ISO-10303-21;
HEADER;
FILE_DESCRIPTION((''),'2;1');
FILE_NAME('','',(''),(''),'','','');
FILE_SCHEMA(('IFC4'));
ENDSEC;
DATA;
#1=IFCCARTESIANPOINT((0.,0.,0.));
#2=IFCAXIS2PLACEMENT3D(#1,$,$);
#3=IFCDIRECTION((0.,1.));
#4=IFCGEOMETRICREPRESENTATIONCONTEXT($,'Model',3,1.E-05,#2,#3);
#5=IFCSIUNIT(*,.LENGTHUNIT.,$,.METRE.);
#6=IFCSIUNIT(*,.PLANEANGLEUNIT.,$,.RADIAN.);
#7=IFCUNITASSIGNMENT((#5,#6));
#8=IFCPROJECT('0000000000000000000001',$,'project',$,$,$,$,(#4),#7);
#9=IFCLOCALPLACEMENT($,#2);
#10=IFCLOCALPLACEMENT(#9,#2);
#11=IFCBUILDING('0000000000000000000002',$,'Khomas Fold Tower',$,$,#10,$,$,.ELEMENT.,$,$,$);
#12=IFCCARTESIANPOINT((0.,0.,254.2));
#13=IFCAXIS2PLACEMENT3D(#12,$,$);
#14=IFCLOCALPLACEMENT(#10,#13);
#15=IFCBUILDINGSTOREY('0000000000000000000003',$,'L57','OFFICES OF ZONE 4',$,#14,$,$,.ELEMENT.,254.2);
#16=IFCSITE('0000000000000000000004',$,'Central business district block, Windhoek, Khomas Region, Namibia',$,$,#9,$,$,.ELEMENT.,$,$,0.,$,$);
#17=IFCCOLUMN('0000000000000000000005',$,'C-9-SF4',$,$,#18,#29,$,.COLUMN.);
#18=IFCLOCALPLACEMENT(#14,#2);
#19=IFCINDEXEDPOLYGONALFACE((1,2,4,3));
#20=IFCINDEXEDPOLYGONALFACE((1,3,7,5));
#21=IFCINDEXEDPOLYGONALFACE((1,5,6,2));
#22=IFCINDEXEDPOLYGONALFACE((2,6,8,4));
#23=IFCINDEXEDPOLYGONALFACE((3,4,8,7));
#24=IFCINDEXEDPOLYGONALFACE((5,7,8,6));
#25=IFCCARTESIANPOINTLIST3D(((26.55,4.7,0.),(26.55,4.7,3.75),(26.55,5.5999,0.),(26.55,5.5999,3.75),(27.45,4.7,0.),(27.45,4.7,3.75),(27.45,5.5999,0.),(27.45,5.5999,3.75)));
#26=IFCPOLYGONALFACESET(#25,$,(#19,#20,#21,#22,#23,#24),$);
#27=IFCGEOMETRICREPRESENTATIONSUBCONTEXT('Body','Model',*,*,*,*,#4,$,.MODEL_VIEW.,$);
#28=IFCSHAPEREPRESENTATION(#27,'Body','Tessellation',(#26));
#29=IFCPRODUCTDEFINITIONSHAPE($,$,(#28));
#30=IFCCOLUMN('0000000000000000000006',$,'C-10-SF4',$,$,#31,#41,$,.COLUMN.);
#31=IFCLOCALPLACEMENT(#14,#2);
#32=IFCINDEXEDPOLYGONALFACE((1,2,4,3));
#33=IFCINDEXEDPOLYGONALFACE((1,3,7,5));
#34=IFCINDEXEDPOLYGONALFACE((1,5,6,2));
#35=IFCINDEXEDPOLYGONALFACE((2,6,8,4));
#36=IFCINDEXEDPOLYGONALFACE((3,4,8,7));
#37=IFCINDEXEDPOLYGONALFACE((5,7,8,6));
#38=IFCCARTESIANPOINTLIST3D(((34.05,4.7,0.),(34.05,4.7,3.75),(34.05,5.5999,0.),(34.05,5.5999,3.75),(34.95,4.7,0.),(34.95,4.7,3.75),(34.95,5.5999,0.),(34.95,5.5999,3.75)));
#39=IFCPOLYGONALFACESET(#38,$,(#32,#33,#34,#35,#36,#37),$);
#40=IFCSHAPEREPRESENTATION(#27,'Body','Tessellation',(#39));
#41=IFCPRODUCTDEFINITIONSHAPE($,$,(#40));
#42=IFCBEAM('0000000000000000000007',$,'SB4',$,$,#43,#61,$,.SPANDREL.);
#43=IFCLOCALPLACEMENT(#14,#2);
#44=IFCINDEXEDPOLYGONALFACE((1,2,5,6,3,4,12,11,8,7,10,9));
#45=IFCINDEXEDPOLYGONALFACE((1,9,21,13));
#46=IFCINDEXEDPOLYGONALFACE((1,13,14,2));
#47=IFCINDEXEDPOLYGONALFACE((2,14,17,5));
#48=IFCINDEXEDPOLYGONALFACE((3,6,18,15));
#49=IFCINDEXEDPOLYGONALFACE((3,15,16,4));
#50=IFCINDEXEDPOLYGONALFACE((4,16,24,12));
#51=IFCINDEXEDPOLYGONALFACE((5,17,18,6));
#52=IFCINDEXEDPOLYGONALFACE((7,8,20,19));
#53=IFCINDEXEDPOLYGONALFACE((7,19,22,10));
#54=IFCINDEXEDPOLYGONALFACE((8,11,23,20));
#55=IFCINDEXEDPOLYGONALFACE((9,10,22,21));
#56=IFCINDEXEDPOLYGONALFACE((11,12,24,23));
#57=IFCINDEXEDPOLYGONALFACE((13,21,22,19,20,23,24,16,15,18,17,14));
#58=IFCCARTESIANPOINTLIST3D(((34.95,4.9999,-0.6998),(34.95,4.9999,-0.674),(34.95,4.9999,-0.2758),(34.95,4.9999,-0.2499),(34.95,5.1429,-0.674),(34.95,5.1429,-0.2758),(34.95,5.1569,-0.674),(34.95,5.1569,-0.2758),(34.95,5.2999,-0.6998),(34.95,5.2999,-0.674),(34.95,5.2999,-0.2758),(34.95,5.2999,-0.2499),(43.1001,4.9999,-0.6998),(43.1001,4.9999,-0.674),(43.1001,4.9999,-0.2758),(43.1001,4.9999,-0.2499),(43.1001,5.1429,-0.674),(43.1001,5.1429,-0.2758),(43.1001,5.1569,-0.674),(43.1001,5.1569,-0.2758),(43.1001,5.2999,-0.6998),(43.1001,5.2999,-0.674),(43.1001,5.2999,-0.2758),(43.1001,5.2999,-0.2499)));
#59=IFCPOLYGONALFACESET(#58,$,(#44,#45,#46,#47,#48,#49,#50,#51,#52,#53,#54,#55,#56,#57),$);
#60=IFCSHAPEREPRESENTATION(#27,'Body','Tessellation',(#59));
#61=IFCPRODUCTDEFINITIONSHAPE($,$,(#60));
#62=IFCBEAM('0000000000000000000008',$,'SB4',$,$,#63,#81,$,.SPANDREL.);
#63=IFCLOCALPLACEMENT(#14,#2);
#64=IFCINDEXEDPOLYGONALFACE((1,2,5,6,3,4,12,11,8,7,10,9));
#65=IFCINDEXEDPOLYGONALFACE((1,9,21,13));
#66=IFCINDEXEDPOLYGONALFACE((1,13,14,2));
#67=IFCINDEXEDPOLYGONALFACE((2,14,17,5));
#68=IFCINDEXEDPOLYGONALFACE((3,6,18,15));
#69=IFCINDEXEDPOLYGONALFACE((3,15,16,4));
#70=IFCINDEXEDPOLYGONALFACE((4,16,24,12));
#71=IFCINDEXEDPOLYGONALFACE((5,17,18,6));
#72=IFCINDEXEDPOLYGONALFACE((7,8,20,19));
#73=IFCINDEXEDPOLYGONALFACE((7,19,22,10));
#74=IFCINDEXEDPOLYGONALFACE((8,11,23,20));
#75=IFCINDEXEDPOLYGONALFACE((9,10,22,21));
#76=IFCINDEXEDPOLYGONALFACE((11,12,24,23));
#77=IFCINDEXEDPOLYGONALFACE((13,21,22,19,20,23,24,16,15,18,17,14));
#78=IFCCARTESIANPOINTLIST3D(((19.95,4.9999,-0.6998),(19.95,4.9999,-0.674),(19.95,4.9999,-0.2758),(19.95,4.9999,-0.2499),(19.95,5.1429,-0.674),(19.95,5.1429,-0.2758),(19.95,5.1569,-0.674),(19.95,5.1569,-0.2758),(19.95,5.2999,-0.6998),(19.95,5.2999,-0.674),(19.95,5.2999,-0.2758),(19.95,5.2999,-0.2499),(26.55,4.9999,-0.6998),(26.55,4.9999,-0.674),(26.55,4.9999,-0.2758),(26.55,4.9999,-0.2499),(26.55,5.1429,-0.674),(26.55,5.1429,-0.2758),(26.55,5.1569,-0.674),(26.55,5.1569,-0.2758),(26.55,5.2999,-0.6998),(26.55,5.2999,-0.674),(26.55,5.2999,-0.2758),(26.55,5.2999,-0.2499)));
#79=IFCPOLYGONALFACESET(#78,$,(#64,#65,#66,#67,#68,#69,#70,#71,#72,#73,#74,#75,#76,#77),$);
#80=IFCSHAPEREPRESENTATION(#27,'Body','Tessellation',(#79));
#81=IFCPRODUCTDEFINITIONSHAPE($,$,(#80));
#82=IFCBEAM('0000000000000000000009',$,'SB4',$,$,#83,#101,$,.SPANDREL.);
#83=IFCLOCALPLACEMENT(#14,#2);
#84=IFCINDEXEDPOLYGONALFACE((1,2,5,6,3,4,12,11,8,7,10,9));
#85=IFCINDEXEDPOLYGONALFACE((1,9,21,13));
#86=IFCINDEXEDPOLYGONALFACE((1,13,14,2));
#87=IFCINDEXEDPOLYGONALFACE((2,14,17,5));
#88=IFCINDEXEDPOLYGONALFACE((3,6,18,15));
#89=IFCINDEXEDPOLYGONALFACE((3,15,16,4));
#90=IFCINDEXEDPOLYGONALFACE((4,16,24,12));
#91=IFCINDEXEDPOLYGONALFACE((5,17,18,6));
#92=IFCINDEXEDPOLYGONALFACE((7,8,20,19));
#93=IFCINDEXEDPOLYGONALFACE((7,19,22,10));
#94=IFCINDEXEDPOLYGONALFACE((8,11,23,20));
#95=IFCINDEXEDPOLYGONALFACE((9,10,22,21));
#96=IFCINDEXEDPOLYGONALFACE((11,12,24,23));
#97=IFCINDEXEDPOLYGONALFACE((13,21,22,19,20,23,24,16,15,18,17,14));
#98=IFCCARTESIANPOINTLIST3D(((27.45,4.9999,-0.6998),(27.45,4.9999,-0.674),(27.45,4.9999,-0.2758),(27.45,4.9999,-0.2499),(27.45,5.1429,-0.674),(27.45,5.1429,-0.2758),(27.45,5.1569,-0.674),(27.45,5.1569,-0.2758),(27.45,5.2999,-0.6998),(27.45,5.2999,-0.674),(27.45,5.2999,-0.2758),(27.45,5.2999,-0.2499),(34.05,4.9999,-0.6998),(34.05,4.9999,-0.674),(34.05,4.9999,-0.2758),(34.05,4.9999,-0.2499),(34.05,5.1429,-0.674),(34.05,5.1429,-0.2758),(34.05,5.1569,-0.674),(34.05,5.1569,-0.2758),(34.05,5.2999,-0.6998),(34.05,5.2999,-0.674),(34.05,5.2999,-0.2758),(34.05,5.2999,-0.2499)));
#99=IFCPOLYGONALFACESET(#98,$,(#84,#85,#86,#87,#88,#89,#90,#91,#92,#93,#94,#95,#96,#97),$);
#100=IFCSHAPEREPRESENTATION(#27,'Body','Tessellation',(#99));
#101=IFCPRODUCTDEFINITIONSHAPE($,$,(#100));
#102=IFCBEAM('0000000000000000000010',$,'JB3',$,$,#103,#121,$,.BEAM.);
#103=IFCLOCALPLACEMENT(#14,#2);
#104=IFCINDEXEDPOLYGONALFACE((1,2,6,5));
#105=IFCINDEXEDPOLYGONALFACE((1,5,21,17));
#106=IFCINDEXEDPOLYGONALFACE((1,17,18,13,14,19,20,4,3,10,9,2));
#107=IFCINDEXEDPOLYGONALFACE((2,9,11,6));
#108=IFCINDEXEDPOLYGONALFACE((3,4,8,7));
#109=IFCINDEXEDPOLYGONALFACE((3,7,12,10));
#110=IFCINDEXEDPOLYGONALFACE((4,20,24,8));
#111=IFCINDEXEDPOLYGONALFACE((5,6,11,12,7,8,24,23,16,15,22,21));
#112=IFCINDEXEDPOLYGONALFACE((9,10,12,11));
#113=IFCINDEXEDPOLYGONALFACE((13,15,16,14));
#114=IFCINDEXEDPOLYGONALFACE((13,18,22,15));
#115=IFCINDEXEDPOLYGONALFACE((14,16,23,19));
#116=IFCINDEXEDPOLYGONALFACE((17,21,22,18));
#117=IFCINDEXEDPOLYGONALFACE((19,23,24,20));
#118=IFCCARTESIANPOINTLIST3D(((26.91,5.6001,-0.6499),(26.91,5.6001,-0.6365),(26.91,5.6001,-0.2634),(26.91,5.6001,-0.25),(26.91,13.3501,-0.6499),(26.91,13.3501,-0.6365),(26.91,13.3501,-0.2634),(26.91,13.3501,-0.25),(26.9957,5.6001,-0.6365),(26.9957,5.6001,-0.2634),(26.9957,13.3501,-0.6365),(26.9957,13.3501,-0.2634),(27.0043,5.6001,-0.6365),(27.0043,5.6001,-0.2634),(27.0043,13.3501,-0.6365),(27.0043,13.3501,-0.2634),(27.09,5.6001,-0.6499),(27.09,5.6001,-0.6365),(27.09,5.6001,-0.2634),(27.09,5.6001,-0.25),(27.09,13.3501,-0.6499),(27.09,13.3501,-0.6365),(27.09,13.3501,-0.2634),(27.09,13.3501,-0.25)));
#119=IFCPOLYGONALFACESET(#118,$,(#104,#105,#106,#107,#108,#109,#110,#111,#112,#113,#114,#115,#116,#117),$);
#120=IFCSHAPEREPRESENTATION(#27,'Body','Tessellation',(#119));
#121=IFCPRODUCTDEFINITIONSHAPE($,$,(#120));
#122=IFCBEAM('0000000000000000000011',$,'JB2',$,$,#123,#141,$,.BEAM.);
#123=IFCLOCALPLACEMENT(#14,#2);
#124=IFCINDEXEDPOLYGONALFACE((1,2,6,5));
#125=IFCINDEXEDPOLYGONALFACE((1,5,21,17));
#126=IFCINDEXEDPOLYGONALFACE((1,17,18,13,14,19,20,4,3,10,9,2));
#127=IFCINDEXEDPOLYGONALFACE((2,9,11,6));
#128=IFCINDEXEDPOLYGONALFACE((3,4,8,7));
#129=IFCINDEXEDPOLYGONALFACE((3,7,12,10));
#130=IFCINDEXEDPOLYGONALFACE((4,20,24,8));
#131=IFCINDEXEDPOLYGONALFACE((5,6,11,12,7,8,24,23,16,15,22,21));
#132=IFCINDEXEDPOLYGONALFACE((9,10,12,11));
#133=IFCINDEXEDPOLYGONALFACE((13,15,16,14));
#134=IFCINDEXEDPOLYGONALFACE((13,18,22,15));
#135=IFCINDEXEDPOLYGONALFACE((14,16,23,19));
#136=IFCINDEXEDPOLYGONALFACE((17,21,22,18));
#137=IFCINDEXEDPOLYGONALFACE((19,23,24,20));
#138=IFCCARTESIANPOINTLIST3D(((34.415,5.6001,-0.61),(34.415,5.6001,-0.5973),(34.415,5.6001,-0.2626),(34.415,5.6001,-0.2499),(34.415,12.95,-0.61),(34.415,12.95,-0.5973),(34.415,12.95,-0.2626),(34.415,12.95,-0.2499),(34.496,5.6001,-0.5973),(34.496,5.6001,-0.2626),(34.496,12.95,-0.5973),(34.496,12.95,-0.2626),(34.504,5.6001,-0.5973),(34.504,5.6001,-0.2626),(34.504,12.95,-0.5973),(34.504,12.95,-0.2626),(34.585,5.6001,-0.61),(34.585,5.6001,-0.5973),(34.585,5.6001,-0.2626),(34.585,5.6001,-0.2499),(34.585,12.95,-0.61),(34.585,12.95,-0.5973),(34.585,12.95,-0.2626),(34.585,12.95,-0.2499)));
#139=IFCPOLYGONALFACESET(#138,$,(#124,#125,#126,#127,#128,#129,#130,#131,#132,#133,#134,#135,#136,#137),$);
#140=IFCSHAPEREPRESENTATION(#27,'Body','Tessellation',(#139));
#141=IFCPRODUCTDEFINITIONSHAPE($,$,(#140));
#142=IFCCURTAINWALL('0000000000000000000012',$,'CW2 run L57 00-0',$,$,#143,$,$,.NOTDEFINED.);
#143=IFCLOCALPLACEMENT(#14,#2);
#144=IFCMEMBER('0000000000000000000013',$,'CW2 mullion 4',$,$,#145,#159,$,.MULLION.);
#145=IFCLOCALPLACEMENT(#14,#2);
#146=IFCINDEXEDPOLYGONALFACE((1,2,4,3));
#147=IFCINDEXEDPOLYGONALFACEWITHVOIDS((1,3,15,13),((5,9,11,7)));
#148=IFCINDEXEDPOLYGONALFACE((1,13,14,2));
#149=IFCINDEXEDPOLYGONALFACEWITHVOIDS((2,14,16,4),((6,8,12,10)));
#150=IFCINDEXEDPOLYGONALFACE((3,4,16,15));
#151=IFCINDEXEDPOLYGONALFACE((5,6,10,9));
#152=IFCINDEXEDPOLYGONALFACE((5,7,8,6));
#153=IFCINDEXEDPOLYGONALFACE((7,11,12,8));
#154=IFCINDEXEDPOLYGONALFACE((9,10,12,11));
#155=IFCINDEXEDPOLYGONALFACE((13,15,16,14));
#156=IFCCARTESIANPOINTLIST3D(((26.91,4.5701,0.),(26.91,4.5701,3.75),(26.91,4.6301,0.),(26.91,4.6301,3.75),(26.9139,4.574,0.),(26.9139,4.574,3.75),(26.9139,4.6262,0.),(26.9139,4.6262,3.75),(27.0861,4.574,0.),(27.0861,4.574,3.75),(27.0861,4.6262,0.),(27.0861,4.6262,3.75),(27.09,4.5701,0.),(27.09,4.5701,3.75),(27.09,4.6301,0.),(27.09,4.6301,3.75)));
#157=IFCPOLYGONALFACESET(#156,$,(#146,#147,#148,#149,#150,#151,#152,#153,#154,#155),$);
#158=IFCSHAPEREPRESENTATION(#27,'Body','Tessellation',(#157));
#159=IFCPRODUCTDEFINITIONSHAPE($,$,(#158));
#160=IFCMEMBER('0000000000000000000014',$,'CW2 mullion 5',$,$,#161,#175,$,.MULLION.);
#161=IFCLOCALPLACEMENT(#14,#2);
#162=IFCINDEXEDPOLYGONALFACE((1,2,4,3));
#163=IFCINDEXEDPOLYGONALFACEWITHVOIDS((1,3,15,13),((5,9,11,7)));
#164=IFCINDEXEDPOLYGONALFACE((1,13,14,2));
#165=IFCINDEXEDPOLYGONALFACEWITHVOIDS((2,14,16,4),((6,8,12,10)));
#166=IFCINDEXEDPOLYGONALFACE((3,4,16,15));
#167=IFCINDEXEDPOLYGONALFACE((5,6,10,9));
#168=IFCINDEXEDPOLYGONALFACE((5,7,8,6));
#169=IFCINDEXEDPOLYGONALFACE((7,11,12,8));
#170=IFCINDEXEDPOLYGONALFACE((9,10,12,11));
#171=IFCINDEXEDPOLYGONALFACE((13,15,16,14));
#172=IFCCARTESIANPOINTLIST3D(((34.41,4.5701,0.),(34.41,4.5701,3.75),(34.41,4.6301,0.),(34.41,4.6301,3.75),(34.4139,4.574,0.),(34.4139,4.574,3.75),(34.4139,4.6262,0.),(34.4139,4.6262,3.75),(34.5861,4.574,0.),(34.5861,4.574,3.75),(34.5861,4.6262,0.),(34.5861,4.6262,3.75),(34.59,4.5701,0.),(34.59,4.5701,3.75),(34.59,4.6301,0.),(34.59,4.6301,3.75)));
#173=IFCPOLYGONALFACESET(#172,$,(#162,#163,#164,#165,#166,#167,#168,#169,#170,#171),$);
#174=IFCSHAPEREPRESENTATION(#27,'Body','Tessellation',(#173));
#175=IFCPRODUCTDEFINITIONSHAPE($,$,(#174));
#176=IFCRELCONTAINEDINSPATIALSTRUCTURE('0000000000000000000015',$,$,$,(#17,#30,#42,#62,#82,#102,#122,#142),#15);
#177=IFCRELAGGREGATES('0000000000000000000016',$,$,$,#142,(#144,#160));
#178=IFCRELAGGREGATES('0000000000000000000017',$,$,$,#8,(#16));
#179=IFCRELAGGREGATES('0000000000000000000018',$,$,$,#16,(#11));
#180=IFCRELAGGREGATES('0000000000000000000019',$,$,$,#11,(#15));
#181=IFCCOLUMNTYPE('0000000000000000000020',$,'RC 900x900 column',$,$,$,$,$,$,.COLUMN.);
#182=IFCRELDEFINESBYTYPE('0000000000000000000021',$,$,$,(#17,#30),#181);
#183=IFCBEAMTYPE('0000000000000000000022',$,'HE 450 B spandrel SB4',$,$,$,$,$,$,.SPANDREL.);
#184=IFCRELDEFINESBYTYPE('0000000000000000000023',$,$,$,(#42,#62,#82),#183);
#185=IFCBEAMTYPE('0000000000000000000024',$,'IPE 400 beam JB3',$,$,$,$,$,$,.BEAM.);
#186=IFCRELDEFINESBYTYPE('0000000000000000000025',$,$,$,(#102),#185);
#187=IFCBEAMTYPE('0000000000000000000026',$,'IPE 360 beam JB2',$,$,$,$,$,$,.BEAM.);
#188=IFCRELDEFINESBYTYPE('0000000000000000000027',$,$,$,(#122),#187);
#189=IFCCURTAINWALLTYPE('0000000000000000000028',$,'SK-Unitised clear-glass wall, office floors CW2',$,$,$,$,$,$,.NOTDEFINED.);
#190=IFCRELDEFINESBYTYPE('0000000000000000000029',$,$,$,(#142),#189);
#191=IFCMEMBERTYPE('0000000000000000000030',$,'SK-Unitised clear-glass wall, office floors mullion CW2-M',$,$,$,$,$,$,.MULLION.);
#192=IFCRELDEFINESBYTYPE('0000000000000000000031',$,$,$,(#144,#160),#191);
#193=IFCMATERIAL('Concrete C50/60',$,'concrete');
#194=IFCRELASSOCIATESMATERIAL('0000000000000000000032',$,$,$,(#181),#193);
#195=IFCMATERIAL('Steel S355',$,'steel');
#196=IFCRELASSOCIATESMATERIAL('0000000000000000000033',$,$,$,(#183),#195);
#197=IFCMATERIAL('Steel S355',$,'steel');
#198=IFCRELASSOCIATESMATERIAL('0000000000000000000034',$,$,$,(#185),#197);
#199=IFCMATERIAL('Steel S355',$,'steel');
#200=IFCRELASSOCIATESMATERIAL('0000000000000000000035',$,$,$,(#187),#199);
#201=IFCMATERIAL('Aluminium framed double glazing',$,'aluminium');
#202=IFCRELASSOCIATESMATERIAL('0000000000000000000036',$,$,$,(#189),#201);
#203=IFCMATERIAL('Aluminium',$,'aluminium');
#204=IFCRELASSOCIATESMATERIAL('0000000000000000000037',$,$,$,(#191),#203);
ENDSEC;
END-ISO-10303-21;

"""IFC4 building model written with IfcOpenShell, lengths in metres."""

from ifc_helpers import new_model, si_unit, direction, frame, origin, origin_2d, place, context, subcontext, project, spatial, rectangle, hollow_rectangle, i_section, extrude, source, transform, mapped, material, material_profile, profile_set, type_object, element, aggregate, save


model = new_model("IFC4")

# Units and contexts
model_context = context("Model", 3, precision=1e-05, world=origin(), true_north=direction((0.0, 1.0)))
body_context = subcontext(model_context, "Body", "Model", "MODEL_VIEW")
ifc_project = project(units=[si_unit("LENGTHUNIT", "METRE"), si_unit("PLANEANGLEUNIT", "RADIAN")], contexts=[model_context])

# Site, building, storey
site_placement = place(None, origin())
site = spatial("IfcSite", under=ifc_project, at=site_placement, Name="Central business district block, Windhoek, Khomas Region, Namibia", CompositionType="ELEMENT", RefElevation=0.0)
building_placement = place(site_placement, origin())
building = spatial("IfcBuilding", under=site, at=building_placement, Name="Khomas Fold Tower", CompositionType="ELEMENT")
storey_placement = place(building_placement, frame((0.0, 0.0, 254.2)))
storey = spatial("IfcBuildingStorey", under=building, at=storey_placement, Name="L57", Description="OFFICES OF ZONE 4", CompositionType="ELEMENT", Elevation=254.2)

# Columns
ifc_material_1 = material(Name="Concrete C50/60", Category="concrete")
ifc_material_profile_1 = material_profile(ifc_material_1, rectangle(XDim=0.8999, YDim=0.8999, at=origin_2d()), Name="RC 900x900")
ifc_profile_set_1 = profile_set([ifc_material_profile_1], Name="Concrete C50/60")
column_type = type_object("IfcColumnType", Name="RC 900x900 column", PredefinedType="COLUMN", material=ifc_profile_set_1)
shared_shape_1 = source(origin(), body_context, "Body", "SweptSolid", [
    extrude(rectangle(XDim=0.8999, YDim=0.8999, at=origin_2d()), origin(), (0.0, 0.0, 1.0), 3.75),
])
for number, where, z_axis, x_axis, name in (
    (1, (27.0, 5.1499, 0.0), (0.0, 0.0, 1.0), (1.0, 0.0, 0.0), "C-9-SF4"),
    (2, (34.5, 5.1499, 0.0), (0.0, 0.0, 1.0), (1.0, 0.0, 0.0), "C-10-SF4"),
):
    element("IfcColumn", number, at=place(storey_placement, frame(where, z_axis=z_axis, x_axis=x_axis)), inside=storey, type_object=column_type, Name=name, PredefinedType="COLUMN", context=body_context, shape_type="MappedRepresentation", body=[
        mapped(shared_shape_1, transform((0.0, 0.0, 0.0))),
    ])

# Beams
ifc_material_2 = material(Name="Steel S355", Category="steel")
ifc_material_profile_2 = material_profile(ifc_material_2, i_section(OverallWidth=0.3, OverallDepth=0.45, WebThickness=0.0139, FlangeThickness=0.0259, at=origin_2d()), Name="HE 450 B")
ifc_profile_set_2 = profile_set([ifc_material_profile_2], Name="Steel S355")
beam_type_1 = type_object("IfcBeamType", Name="HE 450 B spandrel SB4", PredefinedType="SPANDREL", material=ifc_profile_set_2)
shared_shape_2 = source(origin(), body_context, "Body", "SweptSolid", [
    extrude(i_section(OverallWidth=0.3, OverallDepth=0.45, WebThickness=0.0139, FlangeThickness=0.0259, at=origin_2d()), origin(), (0.0, 0.0, 1.0), 8.1501),
])
beam_1_placement = place(storey_placement, frame((34.95, 5.1499, -0.4749), z_axis=(1.0, 0.0, 0.0), x_axis=(0.0, 1.0, 0.0)))
element("IfcBeam", 3, at=beam_1_placement, inside=storey, type_object=beam_type_1, Name="SB4", PredefinedType="SPANDREL", context=body_context, shape_type="MappedRepresentation", body=[
    mapped(shared_shape_2, transform((0.0, 0.0, 0.0))),
])
shared_shape_3 = source(origin(), body_context, "Body", "SweptSolid", [
    extrude(i_section(OverallWidth=0.3, OverallDepth=0.45, WebThickness=0.0139, FlangeThickness=0.0259, at=origin_2d()), origin(), (0.0, 0.0, 1.0), 6.6001),
])
for number, where, z_axis, x_axis, name in (
    (4, (19.95, 5.1499, -0.4749), (1.0, 0.0, 0.0), (0.0, 1.0, 0.0), "SB4"),
    (5, (27.45, 5.1499, -0.4749), (1.0, 0.0, 0.0), (0.0, 1.0, 0.0), "SB4"),
):
    element("IfcBeam", number, at=place(storey_placement, frame(where, z_axis=z_axis, x_axis=x_axis)), inside=storey, type_object=beam_type_1, Name=name, PredefinedType="SPANDREL", context=body_context, shape_type="MappedRepresentation", body=[
        mapped(shared_shape_3, transform((0.0, 0.0, 0.0))),
    ])
ifc_material_3 = material(Name="Steel S355", Category="steel")
ifc_material_profile_3 = material_profile(ifc_material_3, i_section(OverallWidth=0.1799, OverallDepth=0.3999, WebThickness=0.0085, FlangeThickness=0.0134, at=origin_2d()), Name="IPE 400")
ifc_profile_set_3 = profile_set([ifc_material_profile_3], Name="Steel S355")
beam_type_2 = type_object("IfcBeamType", Name="IPE 400 beam JB3", PredefinedType="BEAM", material=ifc_profile_set_3)
shared_shape_4 = source(origin(), body_context, "Body", "SweptSolid", [
    extrude(i_section(OverallWidth=0.1799, OverallDepth=0.3999, WebThickness=0.0085, FlangeThickness=0.0134, at=origin_2d()), origin(), (0.0, 0.0, 1.0), 7.75),
])
beam_2_placement = place(storey_placement, frame((27.0, 5.6001, -0.45), z_axis=(0.0, 1.0, 0.0), x_axis=(-1.0, 0.0, 0.0)))
element("IfcBeam", 6, at=beam_2_placement, inside=storey, type_object=beam_type_2, Name="JB3", PredefinedType="BEAM", context=body_context, shape_type="MappedRepresentation", body=[
    mapped(shared_shape_4, transform((0.0, 0.0, 0.0))),
])
ifc_material_4 = material(Name="Steel S355", Category="steel")
ifc_material_profile_4 = material_profile(ifc_material_4, i_section(OverallWidth=0.1699, OverallDepth=0.3601, WebThickness=0.0081, FlangeThickness=0.0127, at=origin_2d()), Name="IPE 360")
ifc_profile_set_4 = profile_set([ifc_material_profile_4], Name="Steel S355")
beam_type_3 = type_object("IfcBeamType", Name="IPE 360 beam JB2", PredefinedType="BEAM", material=ifc_profile_set_4)
shared_shape_5 = source(origin(), body_context, "Body", "SweptSolid", [
    extrude(i_section(OverallWidth=0.1699, OverallDepth=0.3601, WebThickness=0.0081, FlangeThickness=0.0127, at=origin_2d()), origin(), (0.0, 0.0, 1.0), 7.3499),
])
beam_3_placement = place(storey_placement, frame((34.5, 5.6001, -0.4299), z_axis=(0.0, 1.0, 0.0), x_axis=(-1.0, 0.0, 0.0)))
element("IfcBeam", 7, at=beam_3_placement, inside=storey, type_object=beam_type_3, Name="JB2", PredefinedType="BEAM", context=body_context, shape_type="MappedRepresentation", body=[
    mapped(shared_shape_5, transform((0.0, 0.0, 0.0))),
])

# Curtain wall, members
ifc_material_5 = material(Name="Aluminium framed double glazing", Category="aluminium")
curtain_wall_type = type_object("IfcCurtainWallType", Name="SK-Unitised clear-glass wall, office floors CW2", PredefinedType="NOTDEFINED", material=ifc_material_5)
curtain_wall_placement = place(storey_placement, origin())
curtain_wall = element("IfcCurtainWall", 8, at=curtain_wall_placement, inside=storey, type_object=curtain_wall_type, Name="CW2 run L57 00-0", PredefinedType="NOTDEFINED")
ifc_material_6 = material(Name="Aluminium", Category="aluminium")
ifc_material_profile_5 = material_profile(ifc_material_6, hollow_rectangle(XDim=0.0601, YDim=0.1799, WallThickness=0.0039, at=origin_2d()), Name="SK-Unitised clear-glass wall, office floors mullion CW2-M")
ifc_profile_set_5 = profile_set([ifc_material_profile_5], Name="Aluminium")
member_type_1 = type_object("IfcMemberType", Name="SK-Unitised clear-glass wall, office floors mullion CW2-M", PredefinedType="MULLION", material=ifc_profile_set_5)
shared_shape_6 = source(origin(), body_context, "Body", "SweptSolid", [
    extrude(hollow_rectangle(XDim=0.0601, YDim=0.1799, WallThickness=0.0039, at=origin_2d()), origin(), (0.0, 0.0, 1.0), 3.75),
])
member_1_placement = place(storey_placement, frame((27.0, 4.6001, 0.0), z_axis=(0.0, 0.0, 1.0), x_axis=(0.0, 1.0, 0.0)))
member_1 = element("IfcMember", 9, at=member_1_placement, type_object=member_type_1, Name="CW2 mullion 4", PredefinedType="MULLION", context=body_context, shape_type="MappedRepresentation", body=[
    mapped(shared_shape_6, transform((0.0, 0.0, 0.0))),
])
member_2_placement = place(storey_placement, frame((34.5, 4.6001, 0.0), z_axis=(0.0, 0.0, 1.0), x_axis=(0.0, 1.0, 0.0)))
member_2 = element("IfcMember", 10, at=member_2_placement, type_object=member_type_1, Name="CW2 mullion 5", PredefinedType="MULLION", context=body_context, shape_type="MappedRepresentation", body=[
    mapped(shared_shape_6, transform((0.0, 0.0, 0.0))),
])
aggregate(curtain_wall, [member_1, member_2])

save(model, "model.ifc")
